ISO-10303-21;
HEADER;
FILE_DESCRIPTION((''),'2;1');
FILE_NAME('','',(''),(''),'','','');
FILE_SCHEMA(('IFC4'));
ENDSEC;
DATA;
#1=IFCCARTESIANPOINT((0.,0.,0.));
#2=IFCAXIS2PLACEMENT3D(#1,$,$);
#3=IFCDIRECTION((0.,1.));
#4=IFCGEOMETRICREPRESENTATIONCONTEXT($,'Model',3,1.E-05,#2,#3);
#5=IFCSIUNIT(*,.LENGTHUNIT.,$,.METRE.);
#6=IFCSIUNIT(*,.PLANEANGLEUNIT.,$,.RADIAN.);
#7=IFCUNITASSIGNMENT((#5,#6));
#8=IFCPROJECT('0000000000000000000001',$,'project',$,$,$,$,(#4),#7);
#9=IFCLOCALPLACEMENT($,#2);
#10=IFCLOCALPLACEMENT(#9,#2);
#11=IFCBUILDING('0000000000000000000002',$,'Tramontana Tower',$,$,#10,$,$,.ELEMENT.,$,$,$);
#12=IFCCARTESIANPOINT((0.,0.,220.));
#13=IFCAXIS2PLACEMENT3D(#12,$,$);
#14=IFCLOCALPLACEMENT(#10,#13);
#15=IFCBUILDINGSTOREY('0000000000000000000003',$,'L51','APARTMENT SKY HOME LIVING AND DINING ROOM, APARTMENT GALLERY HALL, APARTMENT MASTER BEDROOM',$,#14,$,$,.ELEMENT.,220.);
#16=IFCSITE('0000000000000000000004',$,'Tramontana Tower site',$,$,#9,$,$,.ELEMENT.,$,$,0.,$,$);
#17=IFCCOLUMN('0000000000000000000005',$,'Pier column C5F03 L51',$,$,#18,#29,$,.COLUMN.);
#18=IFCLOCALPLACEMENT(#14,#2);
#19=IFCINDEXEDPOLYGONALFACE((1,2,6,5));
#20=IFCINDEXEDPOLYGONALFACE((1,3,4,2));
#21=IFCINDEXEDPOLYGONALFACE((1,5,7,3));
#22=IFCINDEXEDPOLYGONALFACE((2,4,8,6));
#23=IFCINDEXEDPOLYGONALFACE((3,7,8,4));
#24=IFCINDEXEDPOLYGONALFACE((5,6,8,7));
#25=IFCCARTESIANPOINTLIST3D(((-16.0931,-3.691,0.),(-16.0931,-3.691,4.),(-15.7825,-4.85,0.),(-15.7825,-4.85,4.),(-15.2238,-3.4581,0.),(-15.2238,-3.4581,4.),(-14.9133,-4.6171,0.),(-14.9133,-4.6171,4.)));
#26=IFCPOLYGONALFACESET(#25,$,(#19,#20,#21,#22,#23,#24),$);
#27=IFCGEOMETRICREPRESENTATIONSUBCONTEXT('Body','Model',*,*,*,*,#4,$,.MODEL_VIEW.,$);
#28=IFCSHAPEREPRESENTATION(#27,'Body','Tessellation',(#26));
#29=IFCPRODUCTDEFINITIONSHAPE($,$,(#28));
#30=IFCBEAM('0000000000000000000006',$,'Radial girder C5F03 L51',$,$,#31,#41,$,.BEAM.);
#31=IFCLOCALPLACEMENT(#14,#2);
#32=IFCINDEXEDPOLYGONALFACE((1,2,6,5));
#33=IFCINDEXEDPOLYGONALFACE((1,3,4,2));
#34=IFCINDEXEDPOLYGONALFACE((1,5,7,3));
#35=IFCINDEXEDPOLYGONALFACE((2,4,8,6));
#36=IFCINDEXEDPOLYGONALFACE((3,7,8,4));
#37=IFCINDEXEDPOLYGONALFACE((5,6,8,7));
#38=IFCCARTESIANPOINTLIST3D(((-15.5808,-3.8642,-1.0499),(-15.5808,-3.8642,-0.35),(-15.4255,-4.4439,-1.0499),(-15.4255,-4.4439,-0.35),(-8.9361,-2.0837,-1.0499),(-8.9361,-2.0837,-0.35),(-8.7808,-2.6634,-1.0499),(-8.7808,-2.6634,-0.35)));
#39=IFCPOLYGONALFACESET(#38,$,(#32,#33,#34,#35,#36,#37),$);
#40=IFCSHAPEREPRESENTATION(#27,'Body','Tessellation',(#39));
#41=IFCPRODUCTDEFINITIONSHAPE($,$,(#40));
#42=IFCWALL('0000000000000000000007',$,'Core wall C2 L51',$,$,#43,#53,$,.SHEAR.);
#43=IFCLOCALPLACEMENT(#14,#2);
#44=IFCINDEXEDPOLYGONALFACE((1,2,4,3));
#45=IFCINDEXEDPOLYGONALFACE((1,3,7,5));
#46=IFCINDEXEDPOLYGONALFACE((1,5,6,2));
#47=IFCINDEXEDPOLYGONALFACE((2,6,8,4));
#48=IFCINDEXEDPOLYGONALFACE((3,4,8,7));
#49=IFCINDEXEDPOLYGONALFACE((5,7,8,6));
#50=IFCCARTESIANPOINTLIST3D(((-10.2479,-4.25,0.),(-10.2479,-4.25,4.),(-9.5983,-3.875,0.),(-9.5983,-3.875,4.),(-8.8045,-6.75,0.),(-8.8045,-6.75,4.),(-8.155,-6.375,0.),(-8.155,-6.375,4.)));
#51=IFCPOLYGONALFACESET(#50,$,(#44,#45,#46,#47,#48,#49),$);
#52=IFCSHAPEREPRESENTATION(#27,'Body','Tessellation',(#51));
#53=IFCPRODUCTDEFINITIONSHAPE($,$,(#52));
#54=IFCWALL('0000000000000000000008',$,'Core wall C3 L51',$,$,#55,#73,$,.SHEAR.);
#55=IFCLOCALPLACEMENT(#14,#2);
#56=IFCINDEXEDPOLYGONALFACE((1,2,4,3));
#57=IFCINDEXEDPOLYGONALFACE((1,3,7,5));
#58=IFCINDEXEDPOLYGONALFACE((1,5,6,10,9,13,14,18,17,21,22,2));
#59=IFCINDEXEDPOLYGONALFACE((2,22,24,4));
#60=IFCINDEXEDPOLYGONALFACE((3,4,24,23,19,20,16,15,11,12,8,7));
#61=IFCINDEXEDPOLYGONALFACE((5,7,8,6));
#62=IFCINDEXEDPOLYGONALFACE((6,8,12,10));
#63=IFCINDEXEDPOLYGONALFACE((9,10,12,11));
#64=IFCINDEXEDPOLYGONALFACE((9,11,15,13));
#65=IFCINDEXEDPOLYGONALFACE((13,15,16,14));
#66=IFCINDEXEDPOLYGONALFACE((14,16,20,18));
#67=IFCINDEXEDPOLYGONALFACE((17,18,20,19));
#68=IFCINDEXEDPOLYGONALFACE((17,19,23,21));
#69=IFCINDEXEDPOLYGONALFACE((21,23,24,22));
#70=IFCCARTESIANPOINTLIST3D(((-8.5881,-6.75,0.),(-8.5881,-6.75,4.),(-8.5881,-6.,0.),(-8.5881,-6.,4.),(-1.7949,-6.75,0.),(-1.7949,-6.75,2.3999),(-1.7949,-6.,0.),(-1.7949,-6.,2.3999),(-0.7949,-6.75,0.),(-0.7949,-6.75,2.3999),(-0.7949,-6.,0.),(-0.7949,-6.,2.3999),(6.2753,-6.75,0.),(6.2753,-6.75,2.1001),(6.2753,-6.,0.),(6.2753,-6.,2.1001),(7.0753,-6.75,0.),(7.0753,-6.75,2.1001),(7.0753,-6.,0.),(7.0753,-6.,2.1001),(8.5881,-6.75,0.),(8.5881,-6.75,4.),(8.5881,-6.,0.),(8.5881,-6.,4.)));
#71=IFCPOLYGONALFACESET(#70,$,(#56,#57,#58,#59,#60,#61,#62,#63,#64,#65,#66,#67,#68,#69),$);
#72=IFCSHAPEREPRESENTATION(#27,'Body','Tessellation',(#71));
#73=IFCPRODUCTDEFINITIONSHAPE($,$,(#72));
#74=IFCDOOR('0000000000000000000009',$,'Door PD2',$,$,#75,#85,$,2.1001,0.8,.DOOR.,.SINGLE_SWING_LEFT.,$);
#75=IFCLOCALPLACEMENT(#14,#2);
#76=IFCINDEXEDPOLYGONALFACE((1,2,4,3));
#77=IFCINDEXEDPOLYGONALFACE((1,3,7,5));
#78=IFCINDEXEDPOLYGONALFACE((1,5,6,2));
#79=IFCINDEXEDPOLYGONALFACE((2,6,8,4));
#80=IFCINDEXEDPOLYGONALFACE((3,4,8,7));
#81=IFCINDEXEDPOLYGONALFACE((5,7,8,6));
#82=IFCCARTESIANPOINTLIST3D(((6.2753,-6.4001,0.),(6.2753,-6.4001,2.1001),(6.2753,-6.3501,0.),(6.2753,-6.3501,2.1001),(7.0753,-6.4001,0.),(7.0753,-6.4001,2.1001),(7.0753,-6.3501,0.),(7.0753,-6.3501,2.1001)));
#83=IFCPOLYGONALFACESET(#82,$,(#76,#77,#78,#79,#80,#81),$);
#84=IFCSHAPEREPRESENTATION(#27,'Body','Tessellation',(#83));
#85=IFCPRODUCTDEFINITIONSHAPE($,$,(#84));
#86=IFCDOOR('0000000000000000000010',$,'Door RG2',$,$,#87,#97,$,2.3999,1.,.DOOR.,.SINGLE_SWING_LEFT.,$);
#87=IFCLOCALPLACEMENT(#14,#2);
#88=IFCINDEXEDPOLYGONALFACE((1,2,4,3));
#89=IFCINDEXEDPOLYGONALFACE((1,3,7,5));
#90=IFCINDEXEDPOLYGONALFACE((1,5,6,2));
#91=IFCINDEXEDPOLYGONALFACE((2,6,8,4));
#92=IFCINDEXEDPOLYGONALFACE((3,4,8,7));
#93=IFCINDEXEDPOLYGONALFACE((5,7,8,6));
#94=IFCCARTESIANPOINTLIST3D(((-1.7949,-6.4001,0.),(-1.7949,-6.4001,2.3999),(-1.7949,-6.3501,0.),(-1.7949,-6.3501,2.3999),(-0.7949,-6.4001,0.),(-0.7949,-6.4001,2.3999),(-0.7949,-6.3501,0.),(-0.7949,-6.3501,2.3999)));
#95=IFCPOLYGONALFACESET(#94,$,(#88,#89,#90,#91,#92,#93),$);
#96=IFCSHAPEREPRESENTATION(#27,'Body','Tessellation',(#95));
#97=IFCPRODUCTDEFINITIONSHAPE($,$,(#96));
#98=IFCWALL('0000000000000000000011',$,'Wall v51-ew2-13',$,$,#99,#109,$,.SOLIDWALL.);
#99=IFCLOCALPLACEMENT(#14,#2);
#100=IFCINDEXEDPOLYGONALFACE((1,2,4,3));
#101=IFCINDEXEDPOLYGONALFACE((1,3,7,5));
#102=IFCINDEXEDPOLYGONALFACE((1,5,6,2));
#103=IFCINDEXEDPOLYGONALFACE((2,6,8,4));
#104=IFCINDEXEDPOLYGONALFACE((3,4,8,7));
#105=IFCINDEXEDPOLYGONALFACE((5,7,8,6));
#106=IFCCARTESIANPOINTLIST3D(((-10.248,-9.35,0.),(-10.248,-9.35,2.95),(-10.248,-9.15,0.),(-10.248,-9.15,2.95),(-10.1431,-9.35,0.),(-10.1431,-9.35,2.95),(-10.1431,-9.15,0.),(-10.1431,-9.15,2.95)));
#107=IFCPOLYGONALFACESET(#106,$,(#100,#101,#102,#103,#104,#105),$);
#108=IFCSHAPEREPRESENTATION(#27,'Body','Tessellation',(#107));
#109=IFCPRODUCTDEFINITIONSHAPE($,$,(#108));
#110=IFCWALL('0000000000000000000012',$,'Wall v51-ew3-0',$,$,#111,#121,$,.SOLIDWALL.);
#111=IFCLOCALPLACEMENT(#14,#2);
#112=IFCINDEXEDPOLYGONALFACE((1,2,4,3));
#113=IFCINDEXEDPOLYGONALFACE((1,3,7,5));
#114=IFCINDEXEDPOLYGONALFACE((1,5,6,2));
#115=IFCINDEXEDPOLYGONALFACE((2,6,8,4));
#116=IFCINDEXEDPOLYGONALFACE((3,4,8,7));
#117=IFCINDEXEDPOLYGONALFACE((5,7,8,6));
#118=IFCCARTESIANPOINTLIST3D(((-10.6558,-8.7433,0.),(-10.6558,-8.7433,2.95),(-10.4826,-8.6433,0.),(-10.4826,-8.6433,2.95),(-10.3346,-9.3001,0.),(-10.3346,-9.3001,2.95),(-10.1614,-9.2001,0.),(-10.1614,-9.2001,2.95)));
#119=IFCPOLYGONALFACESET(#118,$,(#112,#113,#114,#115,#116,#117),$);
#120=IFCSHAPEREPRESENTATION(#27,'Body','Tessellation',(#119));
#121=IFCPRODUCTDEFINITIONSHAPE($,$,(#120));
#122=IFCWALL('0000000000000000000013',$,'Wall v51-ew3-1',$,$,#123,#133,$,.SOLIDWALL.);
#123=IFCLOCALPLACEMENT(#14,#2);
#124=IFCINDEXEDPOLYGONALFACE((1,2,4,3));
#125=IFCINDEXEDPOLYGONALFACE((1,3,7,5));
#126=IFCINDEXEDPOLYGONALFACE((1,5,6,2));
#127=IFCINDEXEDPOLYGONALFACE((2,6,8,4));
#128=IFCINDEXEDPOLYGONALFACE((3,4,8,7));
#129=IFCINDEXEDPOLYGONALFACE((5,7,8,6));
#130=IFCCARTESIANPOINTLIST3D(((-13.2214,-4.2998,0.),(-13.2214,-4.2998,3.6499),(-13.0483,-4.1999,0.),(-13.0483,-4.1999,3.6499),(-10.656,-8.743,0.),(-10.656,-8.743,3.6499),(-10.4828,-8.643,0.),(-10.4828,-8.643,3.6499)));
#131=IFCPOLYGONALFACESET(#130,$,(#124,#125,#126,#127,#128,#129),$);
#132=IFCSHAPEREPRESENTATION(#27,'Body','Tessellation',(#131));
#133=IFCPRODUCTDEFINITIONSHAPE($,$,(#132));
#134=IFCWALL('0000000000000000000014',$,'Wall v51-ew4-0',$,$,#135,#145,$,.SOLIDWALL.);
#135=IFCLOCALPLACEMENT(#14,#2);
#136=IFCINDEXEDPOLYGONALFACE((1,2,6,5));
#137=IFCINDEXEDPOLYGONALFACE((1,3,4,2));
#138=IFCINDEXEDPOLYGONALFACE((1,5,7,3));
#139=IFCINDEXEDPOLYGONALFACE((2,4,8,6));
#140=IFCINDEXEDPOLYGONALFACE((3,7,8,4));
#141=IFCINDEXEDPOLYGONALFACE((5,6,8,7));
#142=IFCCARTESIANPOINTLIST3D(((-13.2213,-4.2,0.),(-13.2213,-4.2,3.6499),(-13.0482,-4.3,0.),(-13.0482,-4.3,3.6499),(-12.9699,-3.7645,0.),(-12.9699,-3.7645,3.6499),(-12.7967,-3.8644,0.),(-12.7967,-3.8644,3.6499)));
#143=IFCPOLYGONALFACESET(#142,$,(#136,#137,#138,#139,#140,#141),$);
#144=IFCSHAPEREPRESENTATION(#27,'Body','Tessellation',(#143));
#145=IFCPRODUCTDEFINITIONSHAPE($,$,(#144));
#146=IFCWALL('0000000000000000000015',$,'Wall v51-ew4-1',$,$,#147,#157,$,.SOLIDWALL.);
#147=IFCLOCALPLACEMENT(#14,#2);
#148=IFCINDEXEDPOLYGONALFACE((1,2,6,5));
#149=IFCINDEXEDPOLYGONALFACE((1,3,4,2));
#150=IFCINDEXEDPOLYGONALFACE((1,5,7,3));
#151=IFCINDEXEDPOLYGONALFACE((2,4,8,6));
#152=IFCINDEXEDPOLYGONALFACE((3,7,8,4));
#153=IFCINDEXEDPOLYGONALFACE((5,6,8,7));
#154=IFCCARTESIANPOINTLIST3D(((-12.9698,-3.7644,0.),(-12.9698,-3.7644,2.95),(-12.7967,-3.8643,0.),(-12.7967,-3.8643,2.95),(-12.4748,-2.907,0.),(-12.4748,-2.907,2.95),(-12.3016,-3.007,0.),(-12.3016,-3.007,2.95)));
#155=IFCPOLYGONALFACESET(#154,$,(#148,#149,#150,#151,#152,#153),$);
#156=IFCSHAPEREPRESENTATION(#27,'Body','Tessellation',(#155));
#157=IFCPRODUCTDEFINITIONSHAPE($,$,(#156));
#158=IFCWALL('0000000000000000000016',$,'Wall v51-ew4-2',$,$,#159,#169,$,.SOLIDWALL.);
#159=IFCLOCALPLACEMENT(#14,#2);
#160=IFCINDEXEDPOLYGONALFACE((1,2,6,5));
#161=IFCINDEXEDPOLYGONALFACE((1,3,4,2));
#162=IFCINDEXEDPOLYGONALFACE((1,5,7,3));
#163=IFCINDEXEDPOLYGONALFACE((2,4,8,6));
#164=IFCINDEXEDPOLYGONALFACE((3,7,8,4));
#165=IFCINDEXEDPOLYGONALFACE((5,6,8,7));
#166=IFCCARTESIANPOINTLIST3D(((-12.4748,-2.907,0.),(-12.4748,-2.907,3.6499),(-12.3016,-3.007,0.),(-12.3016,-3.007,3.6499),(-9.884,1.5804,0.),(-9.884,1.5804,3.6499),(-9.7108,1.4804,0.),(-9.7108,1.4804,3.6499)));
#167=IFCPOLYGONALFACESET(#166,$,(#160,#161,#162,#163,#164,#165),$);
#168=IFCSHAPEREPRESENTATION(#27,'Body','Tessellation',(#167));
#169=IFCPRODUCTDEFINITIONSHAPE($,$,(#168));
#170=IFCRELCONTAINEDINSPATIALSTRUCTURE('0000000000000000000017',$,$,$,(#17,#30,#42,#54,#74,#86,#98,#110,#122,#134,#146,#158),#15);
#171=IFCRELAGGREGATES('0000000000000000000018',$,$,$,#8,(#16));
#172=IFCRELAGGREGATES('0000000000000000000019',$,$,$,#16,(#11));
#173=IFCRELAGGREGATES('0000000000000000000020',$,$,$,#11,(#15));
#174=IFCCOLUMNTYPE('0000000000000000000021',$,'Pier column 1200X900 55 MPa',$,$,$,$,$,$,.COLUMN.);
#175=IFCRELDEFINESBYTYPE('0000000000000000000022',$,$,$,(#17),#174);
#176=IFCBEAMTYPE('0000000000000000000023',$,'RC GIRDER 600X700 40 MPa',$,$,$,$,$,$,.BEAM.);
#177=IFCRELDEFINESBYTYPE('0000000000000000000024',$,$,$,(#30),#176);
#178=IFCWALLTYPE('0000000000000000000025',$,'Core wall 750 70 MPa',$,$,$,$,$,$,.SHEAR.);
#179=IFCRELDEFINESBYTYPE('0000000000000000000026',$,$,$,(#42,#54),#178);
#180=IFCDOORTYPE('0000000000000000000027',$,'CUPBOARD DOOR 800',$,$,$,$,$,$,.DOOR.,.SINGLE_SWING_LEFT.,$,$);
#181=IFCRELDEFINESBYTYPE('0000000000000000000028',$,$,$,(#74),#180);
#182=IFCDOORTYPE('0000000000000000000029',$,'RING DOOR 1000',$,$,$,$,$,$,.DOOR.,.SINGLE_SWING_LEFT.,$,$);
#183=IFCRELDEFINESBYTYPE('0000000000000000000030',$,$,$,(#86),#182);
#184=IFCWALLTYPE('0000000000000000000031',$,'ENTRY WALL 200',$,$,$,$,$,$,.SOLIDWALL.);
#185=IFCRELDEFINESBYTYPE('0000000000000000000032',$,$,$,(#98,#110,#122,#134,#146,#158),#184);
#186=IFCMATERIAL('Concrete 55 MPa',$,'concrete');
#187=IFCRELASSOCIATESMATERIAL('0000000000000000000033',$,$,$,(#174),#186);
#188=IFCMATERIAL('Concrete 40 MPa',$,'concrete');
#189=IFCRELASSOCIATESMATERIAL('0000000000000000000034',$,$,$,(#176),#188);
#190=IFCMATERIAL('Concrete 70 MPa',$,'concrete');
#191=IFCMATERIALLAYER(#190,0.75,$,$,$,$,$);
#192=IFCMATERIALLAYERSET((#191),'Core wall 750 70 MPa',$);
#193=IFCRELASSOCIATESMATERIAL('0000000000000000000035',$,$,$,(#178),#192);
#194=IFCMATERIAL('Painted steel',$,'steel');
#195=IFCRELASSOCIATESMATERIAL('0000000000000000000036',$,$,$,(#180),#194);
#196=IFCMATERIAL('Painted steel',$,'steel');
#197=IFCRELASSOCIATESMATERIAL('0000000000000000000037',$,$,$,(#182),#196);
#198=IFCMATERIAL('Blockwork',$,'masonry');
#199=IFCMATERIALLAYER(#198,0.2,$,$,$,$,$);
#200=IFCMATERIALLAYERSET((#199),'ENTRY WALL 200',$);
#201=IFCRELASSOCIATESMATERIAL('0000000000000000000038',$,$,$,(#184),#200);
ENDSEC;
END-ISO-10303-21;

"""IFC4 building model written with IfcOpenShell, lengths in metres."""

from ifc_helpers import new_model, si_unit, direction, frame, frame_2d, origin, origin_2d, place, context, subcontext, project, spatial, rectangle, extrude, material, layer, layer_set, material_profile, profile_set, type_object, element, fill, save


model = new_model("IFC4")

# Units and contexts
model_context = context("Model", 3, precision=1e-05, world=origin(), true_north=direction((0.0, 1.0)))
body_context = subcontext(model_context, "Body", "Model", "MODEL_VIEW")
ifc_project = project(units=[si_unit("LENGTHUNIT", "METRE"), si_unit("PLANEANGLEUNIT", "RADIAN")], contexts=[model_context])

# Site, building, storey
site_placement = place(None, origin())
site = spatial("IfcSite", under=ifc_project, at=site_placement, Name="Tramontana Tower site", CompositionType="ELEMENT", RefElevation=0.0)
building_placement = place(site_placement, origin())
building = spatial("IfcBuilding", under=site, at=building_placement, Name="Tramontana Tower", CompositionType="ELEMENT")
storey_placement = place(building_placement, frame((0.0, 0.0, 220.0)))
storey = spatial("IfcBuildingStorey", under=building, at=storey_placement, Name="L51", Description="APARTMENT SKY HOME LIVING AND DINING ROOM, APARTMENT GALLERY HALL, APARTMENT MASTER BEDROOM", CompositionType="ELEMENT", Elevation=220.0)

# Column
ifc_material_1 = material(Name="Concrete 55 MPa", Category="concrete")
ifc_material_profile_1 = material_profile(ifc_material_1, rectangle(XDim=1.2, YDim=0.8999, at=origin_2d()), Name="Pier column 1200X900 55 MPa")
ifc_profile_set_1 = profile_set([ifc_material_profile_1], Name="Concrete 55 MPa")
column_type = type_object("IfcColumnType", Name="Pier column 1200X900 55 MPa", PredefinedType="COLUMN", material=ifc_profile_set_1)
column_placement = place(storey_placement, frame((-15.5032, -4.1541, 0.0), z_axis=(0.0, 0.0, 1.0), x_axis=(0.258819, -0.965926, 0.0)))
element("IfcColumn", 1, at=column_placement, inside=storey, type_object=column_type, Name="Pier column C5F03 L51", PredefinedType="COLUMN", context=body_context, shape_type="SweptSolid", body=[
    extrude(rectangle(XDim=1.2, YDim=0.8999, at=origin_2d()), origin(), (0.0, 0.0, 1.0), 4.0),
])

# Beam
ifc_material_2 = material(Name="Concrete 40 MPa", Category="concrete")
ifc_material_profile_2 = material_profile(ifc_material_2, rectangle(XDim=0.6001, YDim=0.7, at=origin_2d()), Name="RC GIRDER 600X700 40 MPa")
ifc_profile_set_2 = profile_set([ifc_material_profile_2], Name="Concrete 40 MPa")
beam_type = type_object("IfcBeamType", Name="RC GIRDER 600X700 40 MPa", PredefinedType="BEAM", material=ifc_profile_set_2)
beam_placement = place(storey_placement, frame((-15.5032, -4.1541, -0.7), z_axis=(0.965924, 0.258827, 0.0), x_axis=(-0.258827, 0.965924, 0.0)))
element("IfcBeam", 2, at=beam_placement, inside=storey, type_object=beam_type, Name="Radial girder C5F03 L51", PredefinedType="BEAM", context=body_context, shape_type="SweptSolid", body=[
    extrude(rectangle(XDim=0.6001, YDim=0.7, at=origin_2d()), origin(), (0.0, 0.0, 1.0), 6.8792),
])

# Wall
ifc_material_3 = material(Name="Concrete 70 MPa", Category="concrete")
ifc_layer_1 = layer(ifc_material_3, 0.75)
ifc_layer_set_1 = layer_set([ifc_layer_1], Name="Core wall 750 70 MPa")
wall_type_1 = type_object("IfcWallType", Name="Core wall 750 70 MPa", PredefinedType="SHEAR", material=ifc_layer_set_1)
wall_1_placement = place(storey_placement, frame((-9.9231, -4.0625, 0.0), z_axis=(0.0, 0.0, 1.0), x_axis=(0.499996, -0.866028, 0.0)))
element("IfcWall", 3, at=wall_1_placement, inside=storey, type_object=wall_type_1, Name="Core wall C2 L51", PredefinedType="SHEAR", context=body_context, shape_type="SweptSolid", body=[
    extrude(rectangle(XDim=2.8867, YDim=0.75, at=frame_2d((1.4434, 0.0))), origin(), (0.0, 0.0, 1.0), 4.0),
])

# Wall, openings, doors
wall_2_placement = place(storey_placement, frame((-8.5881, -6.375, 0.0), z_axis=(0.0, 0.0, 1.0), x_axis=(1.0, 0.0, 0.0)))
wall_2 = element("IfcWall", 4, at=wall_2_placement, inside=storey, type_object=wall_type_1, Name="Core wall C3 L51", PredefinedType="SHEAR", context=body_context, shape_type="SweptSolid", body=[
    extrude(rectangle(XDim=17.1763, YDim=0.75, at=frame_2d((8.5881, 0.0))), origin(), (0.0, 0.0, 1.0), 4.0),
])
opening_1_placement = place(wall_2_placement, frame((6.7932, 0.0, 0.0)))
opening_1 = element("IfcOpeningElement", 5, at=opening_1_placement, cuts=wall_2, PredefinedType="OPENING", context=body_context, shape_type="SweptSolid", body=[
    extrude(rectangle(XDim=1.0, YDim=2.3999, at=frame_2d((0.5, 1.2))), frame((0.0, 0.385, 0.0), z_axis=(0.0, -1.0, 0.0), x_axis=(1.0, 0.0, 0.0)), (0.0, 0.0, 1.0), 0.77),
])
opening_2_placement = place(wall_2_placement, frame((14.8635, 0.0, 0.0)))
opening_2 = element("IfcOpeningElement", 6, at=opening_2_placement, cuts=wall_2, PredefinedType="OPENING", context=body_context, shape_type="SweptSolid", body=[
    extrude(rectangle(XDim=0.8, YDim=2.1001, at=frame_2d((0.3999, 1.05))), frame((0.0, 0.385, 0.0), z_axis=(0.0, -1.0, 0.0), x_axis=(1.0, 0.0, 0.0)), (0.0, 0.0, 1.0), 0.77),
])
ifc_material_4 = material(Name="Painted steel", Category="steel")
door_type_1 = type_object("IfcDoorType", Name="CUPBOARD DOOR 800", OperationType="SINGLE_SWING_LEFT", PredefinedType="DOOR", material=ifc_material_4)
door_1_placement = place(opening_2_placement, origin())
door_1 = element("IfcDoor", 7, at=door_1_placement, inside=storey, type_object=door_type_1, Name="Door PD2", OperationType="SINGLE_SWING_LEFT", OverallHeight=2.1001, OverallWidth=0.8, PredefinedType="DOOR", context=body_context, shape_type="SweptSolid", body=[
    extrude(rectangle(XDim=0.8, YDim=2.1001, at=frame_2d((0.3999, 1.05))), frame((0.0, 0.0249, 0.0), z_axis=(0.0, -1.0, 0.0), x_axis=(1.0, 0.0, 0.0)), (0.0, 0.0, 1.0), 0.05),
])
fill(opening_2, door_1)
ifc_material_5 = material(Name="Painted steel", Category="steel")
door_type_2 = type_object("IfcDoorType", Name="RING DOOR 1000", OperationType="SINGLE_SWING_LEFT", PredefinedType="DOOR", material=ifc_material_5)
door_2_placement = place(opening_1_placement, origin())
door_2 = element("IfcDoor", 8, at=door_2_placement, inside=storey, type_object=door_type_2, Name="Door RG2", OperationType="SINGLE_SWING_LEFT", OverallHeight=2.3999, OverallWidth=1.0, PredefinedType="DOOR", context=body_context, shape_type="SweptSolid", body=[
    extrude(rectangle(XDim=1.0, YDim=2.3999, at=frame_2d((0.5, 1.2))), frame((0.0, 0.0249, 0.0), z_axis=(0.0, -1.0, 0.0), x_axis=(1.0, 0.0, 0.0)), (0.0, 0.0, 1.0), 0.05),
])
fill(opening_1, door_2)

# Walls
ifc_material_6 = material(Name="Blockwork", Category="masonry")
ifc_layer_2 = layer(ifc_material_6, 0.2)
ifc_layer_set_2 = layer_set([ifc_layer_2], Name="ENTRY WALL 200")
wall_type_2 = type_object("IfcWallType", Name="ENTRY WALL 200", PredefinedType="SOLIDWALL", material=ifc_layer_set_2)
wall_3_placement = place(storey_placement, frame((-10.1431, -9.25, 0.0), z_axis=(0.0, 0.0, 1.0), x_axis=(-1.0, 0.0, 0.0)))
element("IfcWall", 9, at=wall_3_placement, inside=storey, type_object=wall_type_2, Name="Wall v51-ew2-13", PredefinedType="SOLIDWALL", context=body_context, shape_type="SweptSolid", body=[
    extrude(rectangle(XDim=0.105, YDim=0.2, at=frame_2d((0.0525, 0.0))), origin(), (0.0, 0.0, 1.0), 2.95),
])
wall_4_placement = place(storey_placement, frame((-10.248, -9.25, 0.0), z_axis=(0.0, 0.0, 1.0), x_axis=(-0.499733, 0.866179, 0.0)))
element("IfcWall", 10, at=wall_4_placement, inside=storey, type_object=wall_type_2, Name="Wall v51-ew3-0", PredefinedType="SOLIDWALL", context=body_context, shape_type="SweptSolid", body=[
    extrude(rectangle(XDim=0.6428, YDim=0.2, at=frame_2d((0.3213, 0.0))), origin(), (0.0, 0.0, 1.0), 2.95),
])
wall_5_placement = place(storey_placement, frame((-10.5693, -8.6931, 0.0), z_axis=(0.0, 0.0, 1.0), x_axis=(-0.500029, 0.866009, 0.0)))
element("IfcWall", 11, at=wall_5_placement, inside=storey, type_object=wall_type_2, Name="Wall v51-ew3-1", PredefinedType="SOLIDWALL", context=body_context, shape_type="SweptSolid", body=[
    extrude(rectangle(XDim=5.1306, YDim=0.2, at=frame_2d((2.5654, 0.0))), origin(), (0.0, 0.0, 1.0), 3.6499),
])
wall_6_placement = place(storey_placement, frame((-13.1348, -4.25, 0.0), z_axis=(0.0, 0.0, 1.0), x_axis=(0.500003, 0.866024, 0.0)))
element("IfcWall", 12, at=wall_6_placement, inside=storey, type_object=wall_type_2, Name="Wall v51-ew4-0", PredefinedType="SOLIDWALL", context=body_context, shape_type="SweptSolid", body=[
    extrude(rectangle(XDim=0.5029, YDim=0.2, at=frame_2d((0.2515, 0.0))), origin(), (0.0, 0.0, 1.0), 3.6499),
])
wall_7_placement = place(storey_placement, frame((-12.8833, -3.8145, 0.0), z_axis=(0.0, 0.0, 1.0), x_axis=(0.500064, 0.865988, 0.0)))
element("IfcWall", 13, at=wall_7_placement, inside=storey, type_object=wall_type_2, Name="Wall v51-ew4-1", PredefinedType="SOLIDWALL", context=body_context, shape_type="SweptSolid", body=[
    extrude(rectangle(XDim=0.99, YDim=0.2, at=frame_2d((0.4951, 0.0))), origin(), (0.0, 0.0, 1.0), 2.95),
])
wall_8_placement = place(storey_placement, frame((-12.3882, -2.957, 0.0), z_axis=(0.0, 0.0, 1.0), x_axis=(0.49999, 0.866031, 0.0)))
element("IfcWall", 14, at=wall_8_placement, inside=storey, type_object=wall_type_2, Name="Wall v51-ew4-2", PredefinedType="SOLIDWALL", context=body_context, shape_type="SweptSolid", body=[
    extrude(rectangle(XDim=5.1816, YDim=0.2, at=frame_2d((2.5908, 0.0))), origin(), (0.0, 0.0, 1.0), 3.6499),
])

save(model, "model.ifc")
